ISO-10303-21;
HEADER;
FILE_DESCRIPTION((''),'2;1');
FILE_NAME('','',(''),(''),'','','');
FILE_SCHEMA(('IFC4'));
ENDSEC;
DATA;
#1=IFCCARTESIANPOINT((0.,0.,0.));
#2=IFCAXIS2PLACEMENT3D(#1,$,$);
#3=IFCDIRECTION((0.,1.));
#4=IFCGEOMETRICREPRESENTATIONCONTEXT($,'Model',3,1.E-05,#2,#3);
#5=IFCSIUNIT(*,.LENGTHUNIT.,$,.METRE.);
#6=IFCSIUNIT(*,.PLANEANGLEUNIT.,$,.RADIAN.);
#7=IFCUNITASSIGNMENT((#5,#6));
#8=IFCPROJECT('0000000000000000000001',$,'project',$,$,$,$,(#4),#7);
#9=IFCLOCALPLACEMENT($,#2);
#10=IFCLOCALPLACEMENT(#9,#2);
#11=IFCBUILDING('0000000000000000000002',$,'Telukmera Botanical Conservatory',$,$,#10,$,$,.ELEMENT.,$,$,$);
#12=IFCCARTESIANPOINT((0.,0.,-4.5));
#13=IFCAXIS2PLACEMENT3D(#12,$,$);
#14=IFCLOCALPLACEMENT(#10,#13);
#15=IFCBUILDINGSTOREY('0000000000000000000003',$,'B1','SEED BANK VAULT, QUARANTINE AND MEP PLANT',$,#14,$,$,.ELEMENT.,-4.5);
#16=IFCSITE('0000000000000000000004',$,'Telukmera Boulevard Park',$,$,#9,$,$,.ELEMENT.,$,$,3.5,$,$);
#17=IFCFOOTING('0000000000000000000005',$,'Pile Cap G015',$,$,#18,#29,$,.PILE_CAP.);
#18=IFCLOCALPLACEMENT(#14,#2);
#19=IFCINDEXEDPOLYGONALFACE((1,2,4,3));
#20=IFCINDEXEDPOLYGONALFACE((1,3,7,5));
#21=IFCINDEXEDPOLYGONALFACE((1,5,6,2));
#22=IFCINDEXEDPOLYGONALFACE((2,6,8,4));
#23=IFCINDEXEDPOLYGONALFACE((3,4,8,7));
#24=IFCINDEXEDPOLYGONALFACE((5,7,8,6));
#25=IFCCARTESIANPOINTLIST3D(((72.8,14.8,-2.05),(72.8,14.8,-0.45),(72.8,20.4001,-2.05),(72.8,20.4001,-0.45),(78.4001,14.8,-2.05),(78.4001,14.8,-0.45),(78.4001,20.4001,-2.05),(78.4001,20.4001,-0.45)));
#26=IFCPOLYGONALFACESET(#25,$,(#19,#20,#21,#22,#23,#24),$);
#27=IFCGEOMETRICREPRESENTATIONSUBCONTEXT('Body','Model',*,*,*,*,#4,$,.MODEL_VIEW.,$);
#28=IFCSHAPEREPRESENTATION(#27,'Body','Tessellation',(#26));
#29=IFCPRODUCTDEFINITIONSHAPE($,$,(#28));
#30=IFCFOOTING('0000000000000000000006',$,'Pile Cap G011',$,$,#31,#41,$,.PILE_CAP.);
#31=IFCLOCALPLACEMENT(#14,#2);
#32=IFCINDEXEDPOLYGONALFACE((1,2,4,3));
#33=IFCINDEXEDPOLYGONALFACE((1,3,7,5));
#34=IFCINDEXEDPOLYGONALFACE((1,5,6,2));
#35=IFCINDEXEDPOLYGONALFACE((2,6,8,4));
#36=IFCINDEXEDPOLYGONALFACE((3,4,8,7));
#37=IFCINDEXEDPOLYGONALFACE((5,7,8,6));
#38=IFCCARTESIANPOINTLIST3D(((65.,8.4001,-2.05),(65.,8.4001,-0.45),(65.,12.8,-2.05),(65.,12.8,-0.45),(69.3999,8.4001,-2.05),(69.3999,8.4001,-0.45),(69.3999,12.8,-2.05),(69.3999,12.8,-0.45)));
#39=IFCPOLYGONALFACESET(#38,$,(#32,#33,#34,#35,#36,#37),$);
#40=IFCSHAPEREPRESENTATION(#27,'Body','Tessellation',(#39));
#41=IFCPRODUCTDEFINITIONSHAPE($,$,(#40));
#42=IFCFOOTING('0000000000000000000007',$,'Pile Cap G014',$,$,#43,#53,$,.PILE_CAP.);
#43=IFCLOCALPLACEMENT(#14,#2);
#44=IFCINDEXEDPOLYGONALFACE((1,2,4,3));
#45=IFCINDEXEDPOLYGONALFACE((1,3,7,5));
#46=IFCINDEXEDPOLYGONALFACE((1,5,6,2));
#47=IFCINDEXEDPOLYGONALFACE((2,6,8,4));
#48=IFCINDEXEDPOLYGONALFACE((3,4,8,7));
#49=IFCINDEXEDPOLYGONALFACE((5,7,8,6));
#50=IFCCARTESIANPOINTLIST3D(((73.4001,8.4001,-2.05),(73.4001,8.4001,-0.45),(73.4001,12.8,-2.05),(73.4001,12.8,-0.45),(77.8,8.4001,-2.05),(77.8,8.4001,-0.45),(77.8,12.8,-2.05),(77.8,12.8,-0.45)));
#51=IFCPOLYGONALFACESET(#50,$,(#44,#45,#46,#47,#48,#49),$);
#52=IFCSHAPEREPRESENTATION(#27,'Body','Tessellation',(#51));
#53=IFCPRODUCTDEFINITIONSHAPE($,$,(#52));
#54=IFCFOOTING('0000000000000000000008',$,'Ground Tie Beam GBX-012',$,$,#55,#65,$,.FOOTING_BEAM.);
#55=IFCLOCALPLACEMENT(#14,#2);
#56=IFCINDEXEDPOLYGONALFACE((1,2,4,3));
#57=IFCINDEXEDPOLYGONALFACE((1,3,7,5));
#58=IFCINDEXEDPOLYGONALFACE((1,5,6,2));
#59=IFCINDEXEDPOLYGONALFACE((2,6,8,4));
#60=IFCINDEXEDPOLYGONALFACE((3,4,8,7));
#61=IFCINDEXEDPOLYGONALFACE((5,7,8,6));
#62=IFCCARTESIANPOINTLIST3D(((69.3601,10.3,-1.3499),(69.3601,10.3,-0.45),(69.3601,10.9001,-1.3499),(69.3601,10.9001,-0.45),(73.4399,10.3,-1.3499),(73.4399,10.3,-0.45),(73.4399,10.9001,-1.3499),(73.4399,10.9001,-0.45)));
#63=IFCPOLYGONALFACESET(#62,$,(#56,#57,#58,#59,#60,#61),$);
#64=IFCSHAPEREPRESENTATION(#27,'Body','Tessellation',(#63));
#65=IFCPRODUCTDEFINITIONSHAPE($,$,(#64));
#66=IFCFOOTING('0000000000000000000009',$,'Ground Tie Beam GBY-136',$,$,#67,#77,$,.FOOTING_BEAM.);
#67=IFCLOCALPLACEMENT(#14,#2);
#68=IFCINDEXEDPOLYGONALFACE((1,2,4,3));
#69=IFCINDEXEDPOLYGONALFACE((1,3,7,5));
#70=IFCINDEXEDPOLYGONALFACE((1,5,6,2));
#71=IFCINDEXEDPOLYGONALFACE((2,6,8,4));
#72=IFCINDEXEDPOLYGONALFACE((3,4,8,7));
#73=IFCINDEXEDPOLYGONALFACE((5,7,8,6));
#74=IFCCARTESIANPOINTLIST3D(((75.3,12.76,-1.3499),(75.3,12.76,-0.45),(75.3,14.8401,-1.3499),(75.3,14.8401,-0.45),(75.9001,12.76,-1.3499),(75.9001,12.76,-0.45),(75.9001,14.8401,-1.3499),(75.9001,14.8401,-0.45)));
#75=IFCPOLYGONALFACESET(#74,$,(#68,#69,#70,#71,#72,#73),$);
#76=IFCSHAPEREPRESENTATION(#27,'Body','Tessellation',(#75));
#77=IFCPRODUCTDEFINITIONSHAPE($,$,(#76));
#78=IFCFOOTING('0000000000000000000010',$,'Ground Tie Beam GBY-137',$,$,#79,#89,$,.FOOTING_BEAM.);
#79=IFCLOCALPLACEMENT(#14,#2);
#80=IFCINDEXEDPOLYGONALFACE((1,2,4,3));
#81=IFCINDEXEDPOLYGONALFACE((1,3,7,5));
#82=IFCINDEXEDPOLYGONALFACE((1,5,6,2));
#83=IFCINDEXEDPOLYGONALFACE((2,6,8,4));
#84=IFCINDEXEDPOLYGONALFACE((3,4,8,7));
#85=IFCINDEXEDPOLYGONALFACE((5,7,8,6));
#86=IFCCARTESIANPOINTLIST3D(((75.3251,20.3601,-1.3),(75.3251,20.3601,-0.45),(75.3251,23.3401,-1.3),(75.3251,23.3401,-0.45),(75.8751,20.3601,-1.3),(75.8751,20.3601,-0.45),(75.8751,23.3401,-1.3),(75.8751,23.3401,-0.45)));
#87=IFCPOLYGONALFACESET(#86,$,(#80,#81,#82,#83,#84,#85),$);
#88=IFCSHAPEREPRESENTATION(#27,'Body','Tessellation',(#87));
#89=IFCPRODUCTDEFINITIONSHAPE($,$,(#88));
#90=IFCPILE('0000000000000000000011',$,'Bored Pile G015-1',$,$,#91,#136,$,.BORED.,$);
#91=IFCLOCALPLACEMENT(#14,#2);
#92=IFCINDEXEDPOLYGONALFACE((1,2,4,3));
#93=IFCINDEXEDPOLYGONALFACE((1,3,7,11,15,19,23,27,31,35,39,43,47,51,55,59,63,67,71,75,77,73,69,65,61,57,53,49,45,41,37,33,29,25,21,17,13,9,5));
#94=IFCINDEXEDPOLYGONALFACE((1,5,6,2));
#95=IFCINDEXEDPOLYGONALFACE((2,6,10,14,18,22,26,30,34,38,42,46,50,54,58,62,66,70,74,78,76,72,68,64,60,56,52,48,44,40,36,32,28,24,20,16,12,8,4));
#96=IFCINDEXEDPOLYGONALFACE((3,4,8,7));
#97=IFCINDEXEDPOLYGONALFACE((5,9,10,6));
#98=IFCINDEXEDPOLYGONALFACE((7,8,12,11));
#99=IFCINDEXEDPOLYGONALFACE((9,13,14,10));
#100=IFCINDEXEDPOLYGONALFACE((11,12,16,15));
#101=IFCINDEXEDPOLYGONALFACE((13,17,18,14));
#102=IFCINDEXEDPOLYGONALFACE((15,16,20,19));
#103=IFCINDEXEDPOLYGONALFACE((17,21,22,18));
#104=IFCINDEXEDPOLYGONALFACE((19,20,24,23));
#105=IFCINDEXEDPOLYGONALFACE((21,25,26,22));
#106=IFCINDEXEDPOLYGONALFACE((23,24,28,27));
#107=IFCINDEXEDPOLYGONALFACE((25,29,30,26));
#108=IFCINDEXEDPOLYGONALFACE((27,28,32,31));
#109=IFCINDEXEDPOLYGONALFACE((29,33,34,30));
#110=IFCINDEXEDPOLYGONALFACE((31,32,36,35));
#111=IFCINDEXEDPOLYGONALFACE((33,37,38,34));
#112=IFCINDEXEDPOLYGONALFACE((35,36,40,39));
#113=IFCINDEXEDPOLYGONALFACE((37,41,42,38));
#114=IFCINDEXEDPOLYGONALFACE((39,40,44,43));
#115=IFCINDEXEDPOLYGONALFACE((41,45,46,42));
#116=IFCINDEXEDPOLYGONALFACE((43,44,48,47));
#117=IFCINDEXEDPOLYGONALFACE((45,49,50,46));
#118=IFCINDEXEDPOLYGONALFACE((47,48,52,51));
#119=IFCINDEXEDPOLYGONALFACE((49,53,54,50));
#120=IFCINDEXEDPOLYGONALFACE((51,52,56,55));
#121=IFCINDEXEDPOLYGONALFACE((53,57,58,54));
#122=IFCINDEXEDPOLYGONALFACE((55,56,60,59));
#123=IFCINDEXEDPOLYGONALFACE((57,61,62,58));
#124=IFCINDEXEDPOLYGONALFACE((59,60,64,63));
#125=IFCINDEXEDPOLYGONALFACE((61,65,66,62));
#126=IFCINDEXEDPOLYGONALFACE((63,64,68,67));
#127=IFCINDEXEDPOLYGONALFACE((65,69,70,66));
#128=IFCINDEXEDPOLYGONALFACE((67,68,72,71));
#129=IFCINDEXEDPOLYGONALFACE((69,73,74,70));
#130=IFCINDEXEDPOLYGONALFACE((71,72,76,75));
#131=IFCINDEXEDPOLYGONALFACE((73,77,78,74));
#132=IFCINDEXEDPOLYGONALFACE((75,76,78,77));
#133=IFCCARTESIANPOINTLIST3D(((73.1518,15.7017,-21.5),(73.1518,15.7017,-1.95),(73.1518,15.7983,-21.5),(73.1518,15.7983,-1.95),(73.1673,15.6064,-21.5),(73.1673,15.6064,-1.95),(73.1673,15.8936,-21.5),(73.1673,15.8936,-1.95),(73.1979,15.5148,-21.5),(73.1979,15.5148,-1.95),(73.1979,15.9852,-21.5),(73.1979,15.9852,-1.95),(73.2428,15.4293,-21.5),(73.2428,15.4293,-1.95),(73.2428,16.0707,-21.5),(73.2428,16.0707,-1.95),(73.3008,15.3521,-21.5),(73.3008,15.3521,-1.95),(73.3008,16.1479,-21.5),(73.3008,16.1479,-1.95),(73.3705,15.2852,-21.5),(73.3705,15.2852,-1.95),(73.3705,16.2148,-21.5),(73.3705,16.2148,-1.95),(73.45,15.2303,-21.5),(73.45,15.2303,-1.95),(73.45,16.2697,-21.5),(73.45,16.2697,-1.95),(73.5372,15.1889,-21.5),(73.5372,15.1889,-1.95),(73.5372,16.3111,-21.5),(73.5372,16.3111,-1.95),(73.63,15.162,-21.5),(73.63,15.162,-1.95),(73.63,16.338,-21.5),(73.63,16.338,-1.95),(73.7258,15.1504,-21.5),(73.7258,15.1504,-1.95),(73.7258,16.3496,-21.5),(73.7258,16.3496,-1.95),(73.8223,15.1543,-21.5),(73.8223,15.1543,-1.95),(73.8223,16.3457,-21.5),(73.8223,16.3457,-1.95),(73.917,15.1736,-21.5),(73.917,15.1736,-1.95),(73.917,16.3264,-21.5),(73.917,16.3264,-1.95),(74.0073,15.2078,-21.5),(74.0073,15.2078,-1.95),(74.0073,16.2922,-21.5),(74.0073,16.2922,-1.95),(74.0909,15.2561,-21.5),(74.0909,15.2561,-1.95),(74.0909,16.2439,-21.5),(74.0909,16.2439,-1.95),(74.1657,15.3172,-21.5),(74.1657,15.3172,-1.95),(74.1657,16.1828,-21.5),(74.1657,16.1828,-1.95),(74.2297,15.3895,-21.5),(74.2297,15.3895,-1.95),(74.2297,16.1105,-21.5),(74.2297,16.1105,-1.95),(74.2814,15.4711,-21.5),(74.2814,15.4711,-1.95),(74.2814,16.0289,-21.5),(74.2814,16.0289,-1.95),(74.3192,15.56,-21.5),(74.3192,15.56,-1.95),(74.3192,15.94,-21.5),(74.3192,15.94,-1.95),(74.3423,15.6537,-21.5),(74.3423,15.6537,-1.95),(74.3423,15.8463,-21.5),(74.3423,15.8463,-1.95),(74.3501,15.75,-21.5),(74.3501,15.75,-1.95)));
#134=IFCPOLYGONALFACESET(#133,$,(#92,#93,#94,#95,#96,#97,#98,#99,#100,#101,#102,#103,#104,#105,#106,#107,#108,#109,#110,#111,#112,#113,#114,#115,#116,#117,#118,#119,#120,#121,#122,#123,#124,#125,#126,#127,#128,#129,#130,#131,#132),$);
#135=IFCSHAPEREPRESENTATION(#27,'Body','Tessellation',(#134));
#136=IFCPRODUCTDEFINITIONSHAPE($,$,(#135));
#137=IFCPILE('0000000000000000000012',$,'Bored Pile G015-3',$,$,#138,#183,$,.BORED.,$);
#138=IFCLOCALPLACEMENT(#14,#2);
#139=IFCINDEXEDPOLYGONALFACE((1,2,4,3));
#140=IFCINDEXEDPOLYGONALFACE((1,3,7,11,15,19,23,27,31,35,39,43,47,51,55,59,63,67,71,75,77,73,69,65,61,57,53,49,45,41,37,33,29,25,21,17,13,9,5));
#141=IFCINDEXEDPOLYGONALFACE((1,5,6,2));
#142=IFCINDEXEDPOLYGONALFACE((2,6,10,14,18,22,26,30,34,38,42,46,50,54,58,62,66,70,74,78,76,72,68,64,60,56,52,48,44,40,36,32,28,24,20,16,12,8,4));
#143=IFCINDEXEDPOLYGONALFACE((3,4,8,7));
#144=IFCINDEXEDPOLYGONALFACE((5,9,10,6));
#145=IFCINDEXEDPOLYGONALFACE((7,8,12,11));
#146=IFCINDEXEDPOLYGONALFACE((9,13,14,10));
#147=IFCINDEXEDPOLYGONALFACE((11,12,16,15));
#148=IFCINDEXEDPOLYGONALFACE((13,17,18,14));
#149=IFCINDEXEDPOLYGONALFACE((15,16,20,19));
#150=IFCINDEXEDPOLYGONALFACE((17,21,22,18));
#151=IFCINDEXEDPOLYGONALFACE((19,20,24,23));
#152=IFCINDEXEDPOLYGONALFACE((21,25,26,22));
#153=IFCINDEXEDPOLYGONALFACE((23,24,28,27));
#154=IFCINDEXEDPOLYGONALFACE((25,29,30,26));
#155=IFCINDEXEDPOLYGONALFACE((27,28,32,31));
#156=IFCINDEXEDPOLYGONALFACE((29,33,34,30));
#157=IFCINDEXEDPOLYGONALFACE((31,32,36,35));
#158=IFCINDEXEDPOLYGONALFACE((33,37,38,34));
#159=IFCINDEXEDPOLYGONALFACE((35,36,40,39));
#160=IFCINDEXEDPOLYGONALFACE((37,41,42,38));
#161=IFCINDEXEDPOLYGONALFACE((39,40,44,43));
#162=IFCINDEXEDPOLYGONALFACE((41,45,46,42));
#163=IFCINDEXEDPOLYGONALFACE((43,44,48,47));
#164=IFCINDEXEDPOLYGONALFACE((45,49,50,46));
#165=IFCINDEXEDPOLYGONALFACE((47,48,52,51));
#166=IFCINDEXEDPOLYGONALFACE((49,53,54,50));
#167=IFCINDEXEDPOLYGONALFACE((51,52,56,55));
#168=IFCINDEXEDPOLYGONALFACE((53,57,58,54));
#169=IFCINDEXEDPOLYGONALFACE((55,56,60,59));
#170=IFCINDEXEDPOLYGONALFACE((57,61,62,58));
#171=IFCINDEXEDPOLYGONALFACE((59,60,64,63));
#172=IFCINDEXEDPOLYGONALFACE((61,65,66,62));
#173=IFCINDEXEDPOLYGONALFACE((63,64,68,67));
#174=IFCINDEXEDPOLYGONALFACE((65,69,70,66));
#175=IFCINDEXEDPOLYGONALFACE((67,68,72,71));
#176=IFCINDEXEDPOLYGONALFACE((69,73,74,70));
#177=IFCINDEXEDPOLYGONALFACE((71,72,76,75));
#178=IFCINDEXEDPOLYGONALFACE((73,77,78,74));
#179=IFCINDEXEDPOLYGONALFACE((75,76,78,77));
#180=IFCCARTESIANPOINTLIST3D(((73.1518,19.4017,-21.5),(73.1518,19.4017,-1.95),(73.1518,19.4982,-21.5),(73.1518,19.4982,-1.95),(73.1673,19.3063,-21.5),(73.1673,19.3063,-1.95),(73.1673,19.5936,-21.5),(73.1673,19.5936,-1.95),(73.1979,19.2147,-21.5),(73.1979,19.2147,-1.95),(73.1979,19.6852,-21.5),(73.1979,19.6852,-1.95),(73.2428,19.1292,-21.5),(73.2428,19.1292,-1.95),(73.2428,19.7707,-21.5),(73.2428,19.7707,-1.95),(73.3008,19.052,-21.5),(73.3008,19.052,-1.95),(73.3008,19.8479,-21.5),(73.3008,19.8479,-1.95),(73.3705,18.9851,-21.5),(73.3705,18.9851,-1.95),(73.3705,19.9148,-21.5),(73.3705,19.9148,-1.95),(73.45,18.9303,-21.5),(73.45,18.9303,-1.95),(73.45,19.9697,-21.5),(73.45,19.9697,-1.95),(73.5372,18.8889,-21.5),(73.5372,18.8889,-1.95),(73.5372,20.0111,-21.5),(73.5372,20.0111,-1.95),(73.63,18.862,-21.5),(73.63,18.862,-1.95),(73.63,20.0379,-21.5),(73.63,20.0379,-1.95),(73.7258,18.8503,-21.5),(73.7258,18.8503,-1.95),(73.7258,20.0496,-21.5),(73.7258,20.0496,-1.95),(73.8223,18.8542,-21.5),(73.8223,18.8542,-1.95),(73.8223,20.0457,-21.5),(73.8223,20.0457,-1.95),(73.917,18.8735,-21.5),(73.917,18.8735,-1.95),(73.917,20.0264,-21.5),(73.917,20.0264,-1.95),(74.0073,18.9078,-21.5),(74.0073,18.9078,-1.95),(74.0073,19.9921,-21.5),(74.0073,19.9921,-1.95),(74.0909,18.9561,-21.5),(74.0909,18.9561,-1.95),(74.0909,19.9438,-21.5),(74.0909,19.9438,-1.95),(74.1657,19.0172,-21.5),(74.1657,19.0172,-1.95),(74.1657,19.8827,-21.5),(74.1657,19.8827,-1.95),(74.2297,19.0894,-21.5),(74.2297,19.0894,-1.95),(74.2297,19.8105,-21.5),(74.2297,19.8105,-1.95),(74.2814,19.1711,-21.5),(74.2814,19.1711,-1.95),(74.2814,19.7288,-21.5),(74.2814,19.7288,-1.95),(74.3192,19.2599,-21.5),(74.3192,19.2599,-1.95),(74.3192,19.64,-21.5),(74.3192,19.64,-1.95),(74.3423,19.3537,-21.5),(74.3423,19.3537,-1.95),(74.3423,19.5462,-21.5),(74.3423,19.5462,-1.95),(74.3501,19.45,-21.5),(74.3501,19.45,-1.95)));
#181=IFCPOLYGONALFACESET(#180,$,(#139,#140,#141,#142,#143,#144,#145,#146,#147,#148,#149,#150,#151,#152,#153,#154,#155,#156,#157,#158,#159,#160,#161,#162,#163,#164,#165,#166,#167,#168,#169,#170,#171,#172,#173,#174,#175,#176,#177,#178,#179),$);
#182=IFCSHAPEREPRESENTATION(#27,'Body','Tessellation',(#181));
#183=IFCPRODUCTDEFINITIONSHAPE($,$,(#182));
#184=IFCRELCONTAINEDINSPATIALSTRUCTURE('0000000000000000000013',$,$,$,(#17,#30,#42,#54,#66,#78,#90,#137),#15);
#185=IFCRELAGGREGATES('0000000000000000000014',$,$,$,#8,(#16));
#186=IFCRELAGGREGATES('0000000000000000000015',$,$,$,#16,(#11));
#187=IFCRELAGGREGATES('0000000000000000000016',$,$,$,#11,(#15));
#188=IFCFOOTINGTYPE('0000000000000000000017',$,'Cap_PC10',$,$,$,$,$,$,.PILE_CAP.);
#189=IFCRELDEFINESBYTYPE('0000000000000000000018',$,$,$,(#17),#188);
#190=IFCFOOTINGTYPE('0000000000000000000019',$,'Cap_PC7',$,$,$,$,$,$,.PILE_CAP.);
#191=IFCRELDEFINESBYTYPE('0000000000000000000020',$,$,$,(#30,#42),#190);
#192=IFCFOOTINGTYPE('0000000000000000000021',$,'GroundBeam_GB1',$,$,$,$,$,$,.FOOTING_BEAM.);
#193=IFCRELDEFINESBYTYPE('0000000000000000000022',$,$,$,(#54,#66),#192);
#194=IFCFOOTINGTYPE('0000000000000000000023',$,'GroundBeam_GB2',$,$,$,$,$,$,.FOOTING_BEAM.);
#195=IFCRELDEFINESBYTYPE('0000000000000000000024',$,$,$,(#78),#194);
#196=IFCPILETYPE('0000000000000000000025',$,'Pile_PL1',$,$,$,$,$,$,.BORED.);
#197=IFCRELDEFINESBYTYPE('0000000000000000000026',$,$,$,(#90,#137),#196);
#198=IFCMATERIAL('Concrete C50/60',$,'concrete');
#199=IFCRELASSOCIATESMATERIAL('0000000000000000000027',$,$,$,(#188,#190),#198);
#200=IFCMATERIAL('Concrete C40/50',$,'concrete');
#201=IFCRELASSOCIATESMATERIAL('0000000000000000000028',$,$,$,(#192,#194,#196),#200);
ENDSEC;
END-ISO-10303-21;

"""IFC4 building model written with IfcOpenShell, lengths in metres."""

from ifc_helpers import new_model, si_unit, direction, frame, origin, origin_2d, place, context, subcontext, project, spatial, rectangle, circle, extrude, material, material_profile, profile_set, type_object, element, save


model = new_model("IFC4")

# Units and contexts
model_context = context("Model", 3, precision=1e-05, world=origin(), true_north=direction((0.0, 1.0)))
body_context = subcontext(model_context, "Body", "Model", "MODEL_VIEW")
ifc_project = project(units=[si_unit("LENGTHUNIT", "METRE"), si_unit("PLANEANGLEUNIT", "RADIAN")], contexts=[model_context])

# Site, building, storey
site_placement = place(None, origin())
site = spatial("IfcSite", under=ifc_project, at=site_placement, Name="Telukmera Boulevard Park", CompositionType="ELEMENT", RefElevation=3.5)
building_placement = place(site_placement, origin())
building = spatial("IfcBuilding", under=site, at=building_placement, Name="Telukmera Botanical Conservatory", CompositionType="ELEMENT")
storey_placement = place(building_placement, frame((0.0, 0.0, -4.5)))
storey = spatial("IfcBuildingStorey", under=building, at=storey_placement, Name="B1", Description="SEED BANK VAULT, QUARANTINE AND MEP PLANT", CompositionType="ELEMENT", Elevation=-4.5)

# Footings
ifc_material_1 = material(Name="Concrete C50/60", Category="concrete")
footing_type_1 = type_object("IfcFootingType", Name="Cap_PC10", PredefinedType="PILE_CAP", material=ifc_material_1)
footing_1_placement = place(storey_placement, frame((75.6001, 17.6001, -2.05), z_axis=(0.0, 0.0, 1.0), x_axis=(1.0, 0.0, 0.0)))
element("IfcFooting", 1, at=footing_1_placement, inside=storey, type_object=footing_type_1, Name="Pile Cap G015", PredefinedType="PILE_CAP", context=body_context, shape_type="SweptSolid", body=[
    extrude(rectangle(XDim=5.6001, YDim=5.6001, at=origin_2d()), origin(), (0.0, 0.0, 1.0), 1.6001),
])
footing_type_2 = type_object("IfcFootingType", Name="Cap_PC7", PredefinedType="PILE_CAP", material=ifc_material_1)
for number, where, z_axis, x_axis, name in (
    (2, (67.2, 10.6001, -2.05), (0.0, 0.0, 1.0), (1.0, 0.0, 0.0), "Pile Cap G011"),
    (3, (75.6001, 10.6001, -2.05), (0.0, 0.0, 1.0), (1.0, 0.0, 0.0), "Pile Cap G014"),
):
    element("IfcFooting", number, at=place(storey_placement, frame(where, z_axis=z_axis, x_axis=x_axis)), inside=storey, type_object=footing_type_2, Name=name, PredefinedType="PILE_CAP", context=body_context, shape_type="SweptSolid", body=[
        extrude(rectangle(XDim=4.3999, YDim=4.3999, at=origin_2d()), origin(), (0.0, 0.0, 1.0), 1.6001),
    ])
ifc_material_2 = material(Name="Concrete C40/50", Category="concrete")
ifc_material_profile_1 = material_profile(ifc_material_2, rectangle(XDim=0.6001, YDim=0.8999, at=origin_2d()), Name="RC 600x900")
ifc_profile_set_1 = profile_set([ifc_material_profile_1], Name="Concrete C40/50")
footing_type_3 = type_object("IfcFootingType", Name="GroundBeam_GB1", PredefinedType="FOOTING_BEAM", material=ifc_profile_set_1)
footing_2_placement = place(storey_placement, frame((69.3601, 10.6001, -0.8999), z_axis=(1.0, 0.0, 0.0), x_axis=(0.0, 1.0, 0.0)))
element("IfcFooting", 4, at=footing_2_placement, inside=storey, type_object=footing_type_3, Name="Ground Tie Beam GBX-012", PredefinedType="FOOTING_BEAM", context=body_context, shape_type="SweptSolid", body=[
    extrude(rectangle(XDim=0.6001, YDim=0.8999, at=origin_2d()), origin(), (0.0, 0.0, 1.0), 4.0798),
])
footing_3_placement = place(storey_placement, frame((75.6001, 12.76, -0.8999), z_axis=(0.0, 1.0, 0.0), x_axis=(-1.0, 0.0, 0.0)))
element("IfcFooting", 5, at=footing_3_placement, inside=storey, type_object=footing_type_3, Name="Ground Tie Beam GBY-136", PredefinedType="FOOTING_BEAM", context=body_context, shape_type="SweptSolid", body=[
    extrude(rectangle(XDim=0.6001, YDim=0.8999, at=origin_2d()), origin(), (0.0, 0.0, 1.0), 2.0801),
])
ifc_material_profile_2 = material_profile(ifc_material_2, rectangle(XDim=0.55, YDim=0.8501, at=origin_2d()), Name="RC 550x850")
ifc_profile_set_2 = profile_set([ifc_material_profile_2], Name="Concrete C40/50")
footing_type_4 = type_object("IfcFootingType", Name="GroundBeam_GB2", PredefinedType="FOOTING_BEAM", material=ifc_profile_set_2)
footing_4_placement = place(storey_placement, frame((75.6001, 20.3601, -0.875), z_axis=(0.0, 1.0, 0.0), x_axis=(-1.0, 0.0, 0.0)))
element("IfcFooting", 6, at=footing_4_placement, inside=storey, type_object=footing_type_4, Name="Ground Tie Beam GBY-137", PredefinedType="FOOTING_BEAM", context=body_context, shape_type="SweptSolid", body=[
    extrude(rectangle(XDim=0.55, YDim=0.8501, at=origin_2d()), origin(), (0.0, 0.0, 1.0), 2.98),
])

# Piles
ifc_material_profile_3 = material_profile(ifc_material_2, circle(Radius=0.6001, at=origin_2d()), Name="PILE D1200")
ifc_profile_set_3 = profile_set([ifc_material_profile_3], Name="Concrete C40/50")
pile_type_1 = type_object("IfcPileType", Name="Pile_PL1", PredefinedType="BORED", material=ifc_profile_set_3)
for number, where, z_axis, x_axis, name in (
    (7, (73.75, 15.75, -1.95), (0.0, 0.0, -1.0), (1.0, 0.0, 0.0), "Bored Pile G015-1"),
    (8, (73.75, 19.45, -1.95), (0.0, 0.0, -1.0), (1.0, 0.0, 0.0), "Bored Pile G015-3"),
):
    element("IfcPile", number, at=place(storey_placement, frame(where, z_axis=z_axis, x_axis=x_axis)), inside=storey, type_object=pile_type_1, Name=name, PredefinedType="BORED", context=body_context, shape_type="SweptSolid", body=[
        extrude(circle(Radius=0.6001, at=origin_2d()), origin(), (0.0, 0.0, 1.0), 19.55),
    ])

save(model, "model.ifc")
